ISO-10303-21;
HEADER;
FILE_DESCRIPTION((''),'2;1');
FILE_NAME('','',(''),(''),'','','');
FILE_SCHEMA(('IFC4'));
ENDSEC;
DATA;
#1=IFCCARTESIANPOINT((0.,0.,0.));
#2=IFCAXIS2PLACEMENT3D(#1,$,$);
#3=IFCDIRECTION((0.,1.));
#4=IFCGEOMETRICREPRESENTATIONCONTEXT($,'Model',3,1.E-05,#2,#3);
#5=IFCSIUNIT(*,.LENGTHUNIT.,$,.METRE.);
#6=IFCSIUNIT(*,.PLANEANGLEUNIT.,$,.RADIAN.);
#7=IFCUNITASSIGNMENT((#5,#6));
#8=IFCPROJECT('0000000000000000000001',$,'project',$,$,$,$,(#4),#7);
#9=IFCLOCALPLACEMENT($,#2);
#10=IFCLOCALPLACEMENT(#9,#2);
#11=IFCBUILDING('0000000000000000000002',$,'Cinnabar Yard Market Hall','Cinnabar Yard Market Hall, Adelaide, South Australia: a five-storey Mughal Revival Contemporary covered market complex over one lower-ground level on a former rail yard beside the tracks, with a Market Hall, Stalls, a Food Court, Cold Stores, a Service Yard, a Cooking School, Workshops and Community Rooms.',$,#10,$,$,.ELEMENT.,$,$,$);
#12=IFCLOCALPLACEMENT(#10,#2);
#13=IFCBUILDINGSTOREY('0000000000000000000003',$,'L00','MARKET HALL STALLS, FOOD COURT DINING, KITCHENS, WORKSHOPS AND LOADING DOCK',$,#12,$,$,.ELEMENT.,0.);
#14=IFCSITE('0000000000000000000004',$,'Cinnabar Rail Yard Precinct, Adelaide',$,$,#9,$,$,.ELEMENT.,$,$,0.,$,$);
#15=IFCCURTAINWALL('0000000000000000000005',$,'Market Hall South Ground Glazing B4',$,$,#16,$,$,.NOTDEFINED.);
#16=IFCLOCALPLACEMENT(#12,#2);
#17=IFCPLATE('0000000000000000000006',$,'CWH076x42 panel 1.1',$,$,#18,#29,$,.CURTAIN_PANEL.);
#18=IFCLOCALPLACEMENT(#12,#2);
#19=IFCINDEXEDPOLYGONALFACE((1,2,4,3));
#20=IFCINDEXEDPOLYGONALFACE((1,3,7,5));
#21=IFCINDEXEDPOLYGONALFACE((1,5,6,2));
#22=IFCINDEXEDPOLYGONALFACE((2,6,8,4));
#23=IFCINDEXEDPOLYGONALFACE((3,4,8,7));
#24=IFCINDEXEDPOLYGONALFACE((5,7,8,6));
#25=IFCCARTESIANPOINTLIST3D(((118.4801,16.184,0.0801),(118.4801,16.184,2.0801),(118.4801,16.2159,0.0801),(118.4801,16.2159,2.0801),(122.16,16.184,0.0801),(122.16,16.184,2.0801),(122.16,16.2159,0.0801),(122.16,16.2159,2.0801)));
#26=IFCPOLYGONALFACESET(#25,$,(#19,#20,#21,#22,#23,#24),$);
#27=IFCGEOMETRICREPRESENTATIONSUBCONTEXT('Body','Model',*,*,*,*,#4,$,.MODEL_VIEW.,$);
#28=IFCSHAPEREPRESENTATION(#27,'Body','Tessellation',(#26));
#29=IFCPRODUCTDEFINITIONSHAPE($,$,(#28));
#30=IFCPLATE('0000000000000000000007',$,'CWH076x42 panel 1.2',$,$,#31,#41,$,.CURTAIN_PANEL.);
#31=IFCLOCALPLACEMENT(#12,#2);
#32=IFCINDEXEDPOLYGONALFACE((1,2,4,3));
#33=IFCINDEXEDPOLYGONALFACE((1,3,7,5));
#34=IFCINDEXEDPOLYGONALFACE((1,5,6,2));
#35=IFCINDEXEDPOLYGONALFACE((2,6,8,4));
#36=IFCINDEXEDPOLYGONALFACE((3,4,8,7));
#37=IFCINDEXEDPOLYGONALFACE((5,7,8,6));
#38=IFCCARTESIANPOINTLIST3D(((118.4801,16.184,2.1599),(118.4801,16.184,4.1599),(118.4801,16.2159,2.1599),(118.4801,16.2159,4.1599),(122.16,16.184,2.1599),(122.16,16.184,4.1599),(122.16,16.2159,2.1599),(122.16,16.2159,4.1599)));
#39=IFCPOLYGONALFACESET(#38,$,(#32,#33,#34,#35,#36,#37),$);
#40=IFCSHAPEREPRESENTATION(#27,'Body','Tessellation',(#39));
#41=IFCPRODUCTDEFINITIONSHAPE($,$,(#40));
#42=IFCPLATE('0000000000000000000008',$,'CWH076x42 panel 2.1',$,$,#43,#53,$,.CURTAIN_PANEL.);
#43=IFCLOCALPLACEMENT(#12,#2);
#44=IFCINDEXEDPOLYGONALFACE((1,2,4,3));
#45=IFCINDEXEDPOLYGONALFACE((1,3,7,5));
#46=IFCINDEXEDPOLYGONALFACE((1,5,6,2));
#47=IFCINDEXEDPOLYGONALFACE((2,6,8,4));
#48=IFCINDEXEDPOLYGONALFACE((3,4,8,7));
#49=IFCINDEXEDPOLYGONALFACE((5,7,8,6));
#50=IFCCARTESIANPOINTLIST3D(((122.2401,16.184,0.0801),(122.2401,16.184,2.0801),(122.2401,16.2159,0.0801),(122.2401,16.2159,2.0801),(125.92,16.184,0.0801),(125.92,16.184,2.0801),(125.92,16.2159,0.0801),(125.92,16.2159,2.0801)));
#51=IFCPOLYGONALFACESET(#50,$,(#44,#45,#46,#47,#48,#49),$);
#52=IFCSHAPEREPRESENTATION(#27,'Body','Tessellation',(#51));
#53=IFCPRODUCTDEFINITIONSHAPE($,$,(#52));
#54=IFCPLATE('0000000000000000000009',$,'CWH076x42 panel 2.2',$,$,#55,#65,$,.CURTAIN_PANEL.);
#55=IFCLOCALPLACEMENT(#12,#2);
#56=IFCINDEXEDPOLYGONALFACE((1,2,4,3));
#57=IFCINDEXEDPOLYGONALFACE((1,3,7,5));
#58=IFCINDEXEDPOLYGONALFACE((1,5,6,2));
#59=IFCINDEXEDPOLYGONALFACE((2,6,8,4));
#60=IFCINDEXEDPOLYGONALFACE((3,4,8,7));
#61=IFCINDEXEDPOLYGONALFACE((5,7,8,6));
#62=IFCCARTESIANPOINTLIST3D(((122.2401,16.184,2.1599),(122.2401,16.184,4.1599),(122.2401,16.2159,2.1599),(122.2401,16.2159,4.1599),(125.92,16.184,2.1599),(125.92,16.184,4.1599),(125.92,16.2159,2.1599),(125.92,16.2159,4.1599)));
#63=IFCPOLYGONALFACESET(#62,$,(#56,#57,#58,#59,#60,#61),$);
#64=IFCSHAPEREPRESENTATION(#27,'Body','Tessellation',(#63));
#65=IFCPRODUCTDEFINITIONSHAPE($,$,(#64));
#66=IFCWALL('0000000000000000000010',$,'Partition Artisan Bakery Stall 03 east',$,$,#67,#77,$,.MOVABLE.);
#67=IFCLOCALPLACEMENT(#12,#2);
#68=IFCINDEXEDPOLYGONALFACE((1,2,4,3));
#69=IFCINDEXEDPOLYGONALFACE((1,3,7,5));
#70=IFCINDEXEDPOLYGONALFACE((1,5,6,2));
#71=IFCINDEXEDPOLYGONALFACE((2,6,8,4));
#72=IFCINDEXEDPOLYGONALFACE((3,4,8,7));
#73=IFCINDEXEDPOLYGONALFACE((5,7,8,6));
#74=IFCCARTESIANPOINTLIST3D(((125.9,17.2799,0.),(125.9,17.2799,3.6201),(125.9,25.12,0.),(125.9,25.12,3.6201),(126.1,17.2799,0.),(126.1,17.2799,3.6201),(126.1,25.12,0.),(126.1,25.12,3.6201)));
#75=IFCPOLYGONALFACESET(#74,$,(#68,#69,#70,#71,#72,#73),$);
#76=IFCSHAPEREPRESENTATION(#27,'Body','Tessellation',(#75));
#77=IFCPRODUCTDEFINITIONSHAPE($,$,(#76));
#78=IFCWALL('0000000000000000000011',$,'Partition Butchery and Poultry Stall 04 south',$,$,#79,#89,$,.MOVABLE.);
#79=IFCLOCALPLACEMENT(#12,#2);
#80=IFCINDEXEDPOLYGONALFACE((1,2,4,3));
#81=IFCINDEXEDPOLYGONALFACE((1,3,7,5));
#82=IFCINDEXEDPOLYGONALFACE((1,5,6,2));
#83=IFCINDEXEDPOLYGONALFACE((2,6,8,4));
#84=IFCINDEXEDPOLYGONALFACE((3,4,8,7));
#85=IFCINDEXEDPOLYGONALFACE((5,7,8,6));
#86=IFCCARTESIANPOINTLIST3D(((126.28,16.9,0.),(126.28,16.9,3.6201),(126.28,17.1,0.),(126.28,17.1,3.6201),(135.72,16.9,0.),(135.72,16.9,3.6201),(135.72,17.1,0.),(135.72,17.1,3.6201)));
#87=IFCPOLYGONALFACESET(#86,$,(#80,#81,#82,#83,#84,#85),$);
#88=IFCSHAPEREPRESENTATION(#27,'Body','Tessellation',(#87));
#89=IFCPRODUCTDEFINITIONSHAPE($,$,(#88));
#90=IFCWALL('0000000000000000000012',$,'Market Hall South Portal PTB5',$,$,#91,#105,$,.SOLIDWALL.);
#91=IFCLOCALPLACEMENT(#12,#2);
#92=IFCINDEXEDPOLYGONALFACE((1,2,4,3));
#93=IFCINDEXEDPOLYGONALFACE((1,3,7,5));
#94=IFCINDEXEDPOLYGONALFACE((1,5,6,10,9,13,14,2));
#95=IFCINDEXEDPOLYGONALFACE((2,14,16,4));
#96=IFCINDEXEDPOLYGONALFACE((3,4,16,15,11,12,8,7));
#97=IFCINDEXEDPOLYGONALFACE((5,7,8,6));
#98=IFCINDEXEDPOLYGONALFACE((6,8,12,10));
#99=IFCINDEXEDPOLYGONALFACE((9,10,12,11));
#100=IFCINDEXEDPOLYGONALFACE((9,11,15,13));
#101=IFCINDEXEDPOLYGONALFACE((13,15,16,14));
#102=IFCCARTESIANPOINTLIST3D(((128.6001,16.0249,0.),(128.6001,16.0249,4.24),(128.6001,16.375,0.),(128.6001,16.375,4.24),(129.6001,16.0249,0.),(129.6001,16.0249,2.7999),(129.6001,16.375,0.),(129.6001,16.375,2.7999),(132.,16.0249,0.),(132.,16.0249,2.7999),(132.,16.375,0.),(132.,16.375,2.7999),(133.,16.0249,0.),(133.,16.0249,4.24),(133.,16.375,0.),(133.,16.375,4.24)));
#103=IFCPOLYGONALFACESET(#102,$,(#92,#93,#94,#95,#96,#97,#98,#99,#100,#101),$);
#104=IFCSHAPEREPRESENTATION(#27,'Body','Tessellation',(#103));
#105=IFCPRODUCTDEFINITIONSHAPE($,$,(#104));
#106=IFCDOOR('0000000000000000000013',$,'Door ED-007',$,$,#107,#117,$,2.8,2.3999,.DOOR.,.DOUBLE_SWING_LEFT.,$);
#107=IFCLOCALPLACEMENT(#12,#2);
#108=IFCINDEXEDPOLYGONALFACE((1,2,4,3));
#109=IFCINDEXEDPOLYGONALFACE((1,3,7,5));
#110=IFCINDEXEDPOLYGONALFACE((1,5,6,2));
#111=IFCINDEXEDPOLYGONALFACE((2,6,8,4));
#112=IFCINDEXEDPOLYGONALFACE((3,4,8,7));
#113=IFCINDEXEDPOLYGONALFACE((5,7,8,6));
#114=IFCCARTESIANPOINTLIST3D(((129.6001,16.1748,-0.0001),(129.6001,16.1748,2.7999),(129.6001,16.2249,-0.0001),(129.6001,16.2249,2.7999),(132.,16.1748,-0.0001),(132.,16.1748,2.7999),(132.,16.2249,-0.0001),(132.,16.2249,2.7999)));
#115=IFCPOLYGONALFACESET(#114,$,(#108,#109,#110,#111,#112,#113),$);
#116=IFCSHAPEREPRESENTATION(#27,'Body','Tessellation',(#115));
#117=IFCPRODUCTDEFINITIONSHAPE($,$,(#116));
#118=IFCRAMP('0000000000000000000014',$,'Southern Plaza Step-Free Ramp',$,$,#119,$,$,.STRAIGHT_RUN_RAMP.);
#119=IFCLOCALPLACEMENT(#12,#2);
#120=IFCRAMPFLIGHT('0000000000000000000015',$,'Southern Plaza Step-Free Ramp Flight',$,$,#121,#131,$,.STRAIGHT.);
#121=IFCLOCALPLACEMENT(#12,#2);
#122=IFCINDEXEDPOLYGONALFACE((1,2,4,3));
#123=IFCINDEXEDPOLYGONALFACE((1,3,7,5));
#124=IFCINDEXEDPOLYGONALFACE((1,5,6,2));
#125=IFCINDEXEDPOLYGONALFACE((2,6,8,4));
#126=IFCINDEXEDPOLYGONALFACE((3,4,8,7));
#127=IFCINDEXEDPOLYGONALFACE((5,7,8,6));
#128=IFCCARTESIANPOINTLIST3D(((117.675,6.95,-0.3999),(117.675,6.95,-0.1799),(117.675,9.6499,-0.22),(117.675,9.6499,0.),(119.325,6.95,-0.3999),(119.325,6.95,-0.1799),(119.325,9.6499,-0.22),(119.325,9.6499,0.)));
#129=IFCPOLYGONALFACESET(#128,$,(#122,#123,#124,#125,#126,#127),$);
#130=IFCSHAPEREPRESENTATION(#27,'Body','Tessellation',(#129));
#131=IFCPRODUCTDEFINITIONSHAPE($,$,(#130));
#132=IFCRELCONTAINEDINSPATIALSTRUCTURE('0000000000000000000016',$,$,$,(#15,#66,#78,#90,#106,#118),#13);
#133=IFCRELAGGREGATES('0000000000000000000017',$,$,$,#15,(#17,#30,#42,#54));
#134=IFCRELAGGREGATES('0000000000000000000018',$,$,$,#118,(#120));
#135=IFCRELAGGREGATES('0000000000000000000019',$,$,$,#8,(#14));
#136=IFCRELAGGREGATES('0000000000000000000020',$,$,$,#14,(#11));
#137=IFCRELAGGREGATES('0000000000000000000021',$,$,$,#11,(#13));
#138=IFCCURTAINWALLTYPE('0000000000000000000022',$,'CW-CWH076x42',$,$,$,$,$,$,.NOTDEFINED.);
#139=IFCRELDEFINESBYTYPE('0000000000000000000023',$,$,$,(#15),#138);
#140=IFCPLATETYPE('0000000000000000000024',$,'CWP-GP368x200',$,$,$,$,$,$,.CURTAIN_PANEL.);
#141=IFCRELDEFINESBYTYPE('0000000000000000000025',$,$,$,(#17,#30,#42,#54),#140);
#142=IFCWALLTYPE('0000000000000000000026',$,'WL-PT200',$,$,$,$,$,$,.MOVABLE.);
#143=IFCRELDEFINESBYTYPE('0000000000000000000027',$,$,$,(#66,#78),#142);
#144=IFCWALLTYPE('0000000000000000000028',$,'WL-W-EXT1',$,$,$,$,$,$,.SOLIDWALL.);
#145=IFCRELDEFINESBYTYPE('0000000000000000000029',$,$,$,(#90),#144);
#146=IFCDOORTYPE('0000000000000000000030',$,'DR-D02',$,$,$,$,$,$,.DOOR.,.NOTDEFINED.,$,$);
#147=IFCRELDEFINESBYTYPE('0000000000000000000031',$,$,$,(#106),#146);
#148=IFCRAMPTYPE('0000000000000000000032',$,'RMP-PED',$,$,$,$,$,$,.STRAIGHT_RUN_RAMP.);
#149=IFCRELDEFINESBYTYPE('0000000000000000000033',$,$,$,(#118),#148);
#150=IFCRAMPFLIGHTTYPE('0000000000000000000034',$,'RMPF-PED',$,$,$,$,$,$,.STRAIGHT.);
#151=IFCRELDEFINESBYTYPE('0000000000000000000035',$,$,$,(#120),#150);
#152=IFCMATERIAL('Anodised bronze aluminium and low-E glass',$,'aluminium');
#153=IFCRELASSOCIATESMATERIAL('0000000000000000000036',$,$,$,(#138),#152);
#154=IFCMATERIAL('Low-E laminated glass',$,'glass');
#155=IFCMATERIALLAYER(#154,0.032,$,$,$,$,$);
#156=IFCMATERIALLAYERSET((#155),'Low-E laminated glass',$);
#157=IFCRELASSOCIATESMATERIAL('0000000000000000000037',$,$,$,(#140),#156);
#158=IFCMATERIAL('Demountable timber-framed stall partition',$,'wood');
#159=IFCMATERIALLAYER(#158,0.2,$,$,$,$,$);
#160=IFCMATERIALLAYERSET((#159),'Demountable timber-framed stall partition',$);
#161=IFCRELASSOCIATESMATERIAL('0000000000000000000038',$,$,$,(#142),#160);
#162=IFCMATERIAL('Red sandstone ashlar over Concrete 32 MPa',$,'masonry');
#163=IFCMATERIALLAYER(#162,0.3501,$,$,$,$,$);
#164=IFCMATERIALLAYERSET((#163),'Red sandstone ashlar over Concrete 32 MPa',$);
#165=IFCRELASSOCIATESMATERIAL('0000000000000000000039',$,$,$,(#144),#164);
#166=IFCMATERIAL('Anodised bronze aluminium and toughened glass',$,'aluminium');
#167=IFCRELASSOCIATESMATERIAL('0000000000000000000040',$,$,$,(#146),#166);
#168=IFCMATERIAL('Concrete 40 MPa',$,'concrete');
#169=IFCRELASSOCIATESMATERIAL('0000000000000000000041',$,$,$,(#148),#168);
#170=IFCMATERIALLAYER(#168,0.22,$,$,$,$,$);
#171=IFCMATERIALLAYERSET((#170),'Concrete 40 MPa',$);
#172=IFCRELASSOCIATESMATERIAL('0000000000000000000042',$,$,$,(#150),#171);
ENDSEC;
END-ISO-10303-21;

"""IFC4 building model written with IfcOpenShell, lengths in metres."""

from ifc_helpers import new_model, si_unit, direction, frame, frame_2d, origin, origin_2d_with_axis, place, context, subcontext, project, spatial, polyline, rectangle, outline, extrude, material, layer, layer_set, type_object, element, fill, aggregate, save


model = new_model("IFC4")

# Units and contexts
model_context = context("Model", 3, precision=1e-05, world=origin(), true_north=direction((0.0, 1.0)))
body_context = subcontext(model_context, "Body", "Model", "MODEL_VIEW")
ifc_project = project(units=[si_unit("LENGTHUNIT", "METRE"), si_unit("PLANEANGLEUNIT", "RADIAN")], contexts=[model_context])

# Site, building, storey
site_placement = place(None, origin())
site = spatial("IfcSite", under=ifc_project, at=site_placement, Name="Cinnabar Rail Yard Precinct, Adelaide", CompositionType="ELEMENT", RefElevation=0.0)
building_placement = place(site_placement, origin())
building = spatial("IfcBuilding", under=site, at=building_placement, Name="Cinnabar Yard Market Hall", Description="Cinnabar Yard Market Hall, Adelaide, South Australia: a five-storey Mughal Revival Contemporary covered market complex over one lower-ground level on a former rail yard beside the tracks, with a Market Hall, Stalls, a Food Court, Cold Stores, a Service Yard, a Cooking School, Workshops and Community Rooms.", CompositionType="ELEMENT")
storey_placement = place(building_placement, origin())
storey = spatial("IfcBuildingStorey", under=building, at=storey_placement, Name="L00", Description="MARKET HALL STALLS, FOOD COURT DINING, KITCHENS, WORKSHOPS AND LOADING DOCK", CompositionType="ELEMENT", Elevation=0.0)

# Shared definitions
ifc_material_1 = material(Name="Concrete 40 MPa", Category="concrete")

# Curtain wall
ifc_material_2 = material(Name="Anodised bronze aluminium and low-E glass", Category="aluminium")
curtain_wall_type_1 = type_object("IfcCurtainWallType", Name="CW-CWH076x42", PredefinedType="NOTDEFINED", material=ifc_material_2)
curtain_wall_1_placement = place(storey_placement, origin())
curtain_wall_1 = element("IfcCurtainWall", 1, at=curtain_wall_1_placement, inside=storey, type_object=curtain_wall_type_1, Name="Market Hall South Ground Glazing B4", PredefinedType="NOTDEFINED")

# Plates
ifc_material_3 = material(Name="Low-E laminated glass", Category="glass")
ifc_layer_1 = layer(ifc_material_3, 0.032)
ifc_layer_set_1 = layer_set([ifc_layer_1], Name="Low-E laminated glass")
plate_type_1 = type_object("IfcPlateType", Name="CWP-GP368x200", PredefinedType="CURTAIN_PANEL", material=ifc_layer_set_1)
plate_1_placement = place(storey_placement, frame((120.3201, 16.2, 0.0801), z_axis=(0.0, 0.0, 1.0), x_axis=(1.0, 0.0, 0.0)))
plate_1 = element("IfcPlate", 2, at=plate_1_placement, type_object=plate_type_1, Name="CWH076x42 panel 1.1", PredefinedType="CURTAIN_PANEL", context=body_context, shape_type="SweptSolid", body=[
    extrude(rectangle(XDim=3.6799, YDim=0.032, at=origin_2d_with_axis()), origin(), (0.0, 0.0, 1.0), 2.0),
])
plate_2_placement = place(storey_placement, frame((120.3201, 16.2, 2.1599), z_axis=(0.0, 0.0, 1.0), x_axis=(1.0, 0.0, 0.0)))
plate_2 = element("IfcPlate", 3, at=plate_2_placement, type_object=plate_type_1, Name="CWH076x42 panel 1.2", PredefinedType="CURTAIN_PANEL", context=body_context, shape_type="SweptSolid", body=[
    extrude(rectangle(XDim=3.6799, YDim=0.032, at=origin_2d_with_axis()), origin(), (0.0, 0.0, 1.0), 2.0),
])
plate_3_placement = place(storey_placement, frame((124.0801, 16.2, 0.0801), z_axis=(0.0, 0.0, 1.0), x_axis=(1.0, 0.0, 0.0)))
plate_3 = element("IfcPlate", 4, at=plate_3_placement, type_object=plate_type_1, Name="CWH076x42 panel 2.1", PredefinedType="CURTAIN_PANEL", context=body_context, shape_type="SweptSolid", body=[
    extrude(rectangle(XDim=3.6799, YDim=0.032, at=origin_2d_with_axis()), origin(), (0.0, 0.0, 1.0), 2.0),
])
plate_4_placement = place(storey_placement, frame((124.0801, 16.2, 2.1599), z_axis=(0.0, 0.0, 1.0), x_axis=(1.0, 0.0, 0.0)))
plate_4 = element("IfcPlate", 5, at=plate_4_placement, type_object=plate_type_1, Name="CWH076x42 panel 2.2", PredefinedType="CURTAIN_PANEL", context=body_context, shape_type="SweptSolid", body=[
    extrude(rectangle(XDim=3.6799, YDim=0.032, at=origin_2d_with_axis()), origin(), (0.0, 0.0, 1.0), 2.0),
])
aggregate(curtain_wall_1, [plate_1, plate_2, plate_3, plate_4])

# Walls
ifc_material_4 = material(Name="Demountable timber-framed stall partition", Category="wood")
ifc_layer_2 = layer(ifc_material_4, 0.2)
ifc_layer_set_2 = layer_set([ifc_layer_2], Name="Demountable timber-framed stall partition")
wall_type_1 = type_object("IfcWallType", Name="WL-PT200", PredefinedType="MOVABLE", material=ifc_layer_set_2)
wall_1_placement = place(storey_placement, frame((126.0, 17.28, 0.0), z_axis=(0.0, 0.0, 1.0), x_axis=(0.0, 1.0, 0.0)))
element("IfcWall", 6, at=wall_1_placement, inside=storey, type_object=wall_type_1, Name="Partition Artisan Bakery Stall 03 east", PredefinedType="MOVABLE", context=body_context, shape_type="SweptSolid", body=[
    extrude(rectangle(XDim=7.8401, YDim=0.2, at=frame_2d((3.9199, 0.0), x_axis=(1.0, 0.0))), origin(), (0.0, 0.0, 1.0), 3.6201),
])
wall_2_placement = place(storey_placement, frame((126.28, 17.0, 0.0), z_axis=(0.0, 0.0, 1.0), x_axis=(1.0, 0.0, 0.0)))
element("IfcWall", 7, at=wall_2_placement, inside=storey, type_object=wall_type_1, Name="Partition Butchery and Poultry Stall 04 south", PredefinedType="MOVABLE", context=body_context, shape_type="SweptSolid", body=[
    extrude(rectangle(XDim=9.4399, YDim=0.2, at=frame_2d((4.72, 0.0), x_axis=(1.0, 0.0))), origin(), (0.0, 0.0, 1.0), 3.6201),
])

# Wall, opening, door
ifc_material_5 = material(Name="Red sandstone ashlar over Concrete 32 MPa", Category="masonry")
ifc_layer_3 = layer(ifc_material_5, 0.3501)
ifc_layer_set_3 = layer_set([ifc_layer_3], Name="Red sandstone ashlar over Concrete 32 MPa")
wall_type_2 = type_object("IfcWallType", Name="WL-W-EXT1", PredefinedType="SOLIDWALL", material=ifc_layer_set_3)
wall_3_placement = place(storey_placement, frame((128.6001, 16.2, 0.0), z_axis=(0.0, 0.0, 1.0), x_axis=(1.0, 0.0, 0.0)))
wall_3 = element("IfcWall", 8, at=wall_3_placement, inside=storey, type_object=wall_type_2, Name="Market Hall South Portal PTB5", PredefinedType="SOLIDWALL", context=body_context, shape_type="SweptSolid", body=[
    extrude(rectangle(XDim=4.3999, YDim=0.3501, at=frame_2d((2.2, 0.0), x_axis=(1.0, 0.0))), origin(), (0.0, 0.0, 1.0), 4.24),
])
opening_placement = place(wall_3_placement, frame((1.0, 0.0, 0.0)))
opening = element("IfcOpeningElement", 9, at=opening_placement, cuts=wall_3, PredefinedType="OPENING", context=body_context, shape_type="SweptSolid", body=[
    extrude(rectangle(XDim=2.3999, YDim=2.8, at=frame_2d((1.2, 1.3999), x_axis=(1.0, 0.0))), frame((0.0, 0.1851, 0.0), z_axis=(0.0, -1.0, 0.0), x_axis=(1.0, 0.0, 0.0)), (0.0, 0.0, 1.0), 0.3701),
])
ifc_material_6 = material(Name="Anodised bronze aluminium and toughened glass", Category="aluminium")
door_type = type_object("IfcDoorType", Name="DR-D02", OperationType="NOTDEFINED", PredefinedType="DOOR", material=ifc_material_6)
door_placement = place(opening_placement, origin())
door = element("IfcDoor", 10, at=door_placement, inside=storey, type_object=door_type, Name="Door ED-007", OperationType="DOUBLE_SWING_LEFT", OverallHeight=2.8, OverallWidth=2.3999, PredefinedType="DOOR", context=body_context, shape_type="SweptSolid", body=[
    extrude(rectangle(XDim=2.3999, YDim=2.8, at=frame_2d((1.2, 1.3999), x_axis=(1.0, 0.0))), frame((0.0, 0.0249, 0.0), z_axis=(0.0, -1.0, 0.0), x_axis=(1.0, 0.0, 0.0)), (0.0, 0.0, 1.0), 0.05),
])
fill(opening, door)

# Ramp, ramp flight
ramp_type = type_object("IfcRampType", Name="RMP-PED", PredefinedType="STRAIGHT_RUN_RAMP", material=ifc_material_1)
ramp_placement = place(storey_placement, origin())
ramp = element("IfcRamp", 11, at=ramp_placement, inside=storey, type_object=ramp_type, Name="Southern Plaza Step-Free Ramp", PredefinedType="STRAIGHT_RUN_RAMP")
ifc_layer_4 = layer(ifc_material_1, 0.22)
ifc_layer_set_4 = layer_set([ifc_layer_4], Name="Concrete 40 MPa")
ramp_flight_type = type_object("IfcRampFlightType", Name="RMPF-PED", PredefinedType="STRAIGHT", material=ifc_layer_set_4)
ramp_flight_placement = place(storey_placement, frame((118.5, 6.95, -0.1799), z_axis=(0.0, 0.0, 1.0), x_axis=(0.0, 1.0, 0.0)))
ramp_flight = element("IfcRampFlight", 12, at=ramp_flight_placement, type_object=ramp_flight_type, Name="Southern Plaza Step-Free Ramp Flight", PredefinedType="STRAIGHT", context=body_context, shape_type="SweptSolid", body=[
    extrude(outline(polyline([(0.0, 0.0), (2.7, 0.1799), (2.7, -0.04), (0.0, -0.22), (0.0, 0.0)])), frame((0.0, 0.825, 0.0), z_axis=(0.0, -1.0, 0.0), x_axis=(1.0, 0.0, 0.0)), (0.0, 0.0, 1.0), 1.6499),
])
aggregate(ramp, [ramp_flight])

save(model, "model.ifc")
